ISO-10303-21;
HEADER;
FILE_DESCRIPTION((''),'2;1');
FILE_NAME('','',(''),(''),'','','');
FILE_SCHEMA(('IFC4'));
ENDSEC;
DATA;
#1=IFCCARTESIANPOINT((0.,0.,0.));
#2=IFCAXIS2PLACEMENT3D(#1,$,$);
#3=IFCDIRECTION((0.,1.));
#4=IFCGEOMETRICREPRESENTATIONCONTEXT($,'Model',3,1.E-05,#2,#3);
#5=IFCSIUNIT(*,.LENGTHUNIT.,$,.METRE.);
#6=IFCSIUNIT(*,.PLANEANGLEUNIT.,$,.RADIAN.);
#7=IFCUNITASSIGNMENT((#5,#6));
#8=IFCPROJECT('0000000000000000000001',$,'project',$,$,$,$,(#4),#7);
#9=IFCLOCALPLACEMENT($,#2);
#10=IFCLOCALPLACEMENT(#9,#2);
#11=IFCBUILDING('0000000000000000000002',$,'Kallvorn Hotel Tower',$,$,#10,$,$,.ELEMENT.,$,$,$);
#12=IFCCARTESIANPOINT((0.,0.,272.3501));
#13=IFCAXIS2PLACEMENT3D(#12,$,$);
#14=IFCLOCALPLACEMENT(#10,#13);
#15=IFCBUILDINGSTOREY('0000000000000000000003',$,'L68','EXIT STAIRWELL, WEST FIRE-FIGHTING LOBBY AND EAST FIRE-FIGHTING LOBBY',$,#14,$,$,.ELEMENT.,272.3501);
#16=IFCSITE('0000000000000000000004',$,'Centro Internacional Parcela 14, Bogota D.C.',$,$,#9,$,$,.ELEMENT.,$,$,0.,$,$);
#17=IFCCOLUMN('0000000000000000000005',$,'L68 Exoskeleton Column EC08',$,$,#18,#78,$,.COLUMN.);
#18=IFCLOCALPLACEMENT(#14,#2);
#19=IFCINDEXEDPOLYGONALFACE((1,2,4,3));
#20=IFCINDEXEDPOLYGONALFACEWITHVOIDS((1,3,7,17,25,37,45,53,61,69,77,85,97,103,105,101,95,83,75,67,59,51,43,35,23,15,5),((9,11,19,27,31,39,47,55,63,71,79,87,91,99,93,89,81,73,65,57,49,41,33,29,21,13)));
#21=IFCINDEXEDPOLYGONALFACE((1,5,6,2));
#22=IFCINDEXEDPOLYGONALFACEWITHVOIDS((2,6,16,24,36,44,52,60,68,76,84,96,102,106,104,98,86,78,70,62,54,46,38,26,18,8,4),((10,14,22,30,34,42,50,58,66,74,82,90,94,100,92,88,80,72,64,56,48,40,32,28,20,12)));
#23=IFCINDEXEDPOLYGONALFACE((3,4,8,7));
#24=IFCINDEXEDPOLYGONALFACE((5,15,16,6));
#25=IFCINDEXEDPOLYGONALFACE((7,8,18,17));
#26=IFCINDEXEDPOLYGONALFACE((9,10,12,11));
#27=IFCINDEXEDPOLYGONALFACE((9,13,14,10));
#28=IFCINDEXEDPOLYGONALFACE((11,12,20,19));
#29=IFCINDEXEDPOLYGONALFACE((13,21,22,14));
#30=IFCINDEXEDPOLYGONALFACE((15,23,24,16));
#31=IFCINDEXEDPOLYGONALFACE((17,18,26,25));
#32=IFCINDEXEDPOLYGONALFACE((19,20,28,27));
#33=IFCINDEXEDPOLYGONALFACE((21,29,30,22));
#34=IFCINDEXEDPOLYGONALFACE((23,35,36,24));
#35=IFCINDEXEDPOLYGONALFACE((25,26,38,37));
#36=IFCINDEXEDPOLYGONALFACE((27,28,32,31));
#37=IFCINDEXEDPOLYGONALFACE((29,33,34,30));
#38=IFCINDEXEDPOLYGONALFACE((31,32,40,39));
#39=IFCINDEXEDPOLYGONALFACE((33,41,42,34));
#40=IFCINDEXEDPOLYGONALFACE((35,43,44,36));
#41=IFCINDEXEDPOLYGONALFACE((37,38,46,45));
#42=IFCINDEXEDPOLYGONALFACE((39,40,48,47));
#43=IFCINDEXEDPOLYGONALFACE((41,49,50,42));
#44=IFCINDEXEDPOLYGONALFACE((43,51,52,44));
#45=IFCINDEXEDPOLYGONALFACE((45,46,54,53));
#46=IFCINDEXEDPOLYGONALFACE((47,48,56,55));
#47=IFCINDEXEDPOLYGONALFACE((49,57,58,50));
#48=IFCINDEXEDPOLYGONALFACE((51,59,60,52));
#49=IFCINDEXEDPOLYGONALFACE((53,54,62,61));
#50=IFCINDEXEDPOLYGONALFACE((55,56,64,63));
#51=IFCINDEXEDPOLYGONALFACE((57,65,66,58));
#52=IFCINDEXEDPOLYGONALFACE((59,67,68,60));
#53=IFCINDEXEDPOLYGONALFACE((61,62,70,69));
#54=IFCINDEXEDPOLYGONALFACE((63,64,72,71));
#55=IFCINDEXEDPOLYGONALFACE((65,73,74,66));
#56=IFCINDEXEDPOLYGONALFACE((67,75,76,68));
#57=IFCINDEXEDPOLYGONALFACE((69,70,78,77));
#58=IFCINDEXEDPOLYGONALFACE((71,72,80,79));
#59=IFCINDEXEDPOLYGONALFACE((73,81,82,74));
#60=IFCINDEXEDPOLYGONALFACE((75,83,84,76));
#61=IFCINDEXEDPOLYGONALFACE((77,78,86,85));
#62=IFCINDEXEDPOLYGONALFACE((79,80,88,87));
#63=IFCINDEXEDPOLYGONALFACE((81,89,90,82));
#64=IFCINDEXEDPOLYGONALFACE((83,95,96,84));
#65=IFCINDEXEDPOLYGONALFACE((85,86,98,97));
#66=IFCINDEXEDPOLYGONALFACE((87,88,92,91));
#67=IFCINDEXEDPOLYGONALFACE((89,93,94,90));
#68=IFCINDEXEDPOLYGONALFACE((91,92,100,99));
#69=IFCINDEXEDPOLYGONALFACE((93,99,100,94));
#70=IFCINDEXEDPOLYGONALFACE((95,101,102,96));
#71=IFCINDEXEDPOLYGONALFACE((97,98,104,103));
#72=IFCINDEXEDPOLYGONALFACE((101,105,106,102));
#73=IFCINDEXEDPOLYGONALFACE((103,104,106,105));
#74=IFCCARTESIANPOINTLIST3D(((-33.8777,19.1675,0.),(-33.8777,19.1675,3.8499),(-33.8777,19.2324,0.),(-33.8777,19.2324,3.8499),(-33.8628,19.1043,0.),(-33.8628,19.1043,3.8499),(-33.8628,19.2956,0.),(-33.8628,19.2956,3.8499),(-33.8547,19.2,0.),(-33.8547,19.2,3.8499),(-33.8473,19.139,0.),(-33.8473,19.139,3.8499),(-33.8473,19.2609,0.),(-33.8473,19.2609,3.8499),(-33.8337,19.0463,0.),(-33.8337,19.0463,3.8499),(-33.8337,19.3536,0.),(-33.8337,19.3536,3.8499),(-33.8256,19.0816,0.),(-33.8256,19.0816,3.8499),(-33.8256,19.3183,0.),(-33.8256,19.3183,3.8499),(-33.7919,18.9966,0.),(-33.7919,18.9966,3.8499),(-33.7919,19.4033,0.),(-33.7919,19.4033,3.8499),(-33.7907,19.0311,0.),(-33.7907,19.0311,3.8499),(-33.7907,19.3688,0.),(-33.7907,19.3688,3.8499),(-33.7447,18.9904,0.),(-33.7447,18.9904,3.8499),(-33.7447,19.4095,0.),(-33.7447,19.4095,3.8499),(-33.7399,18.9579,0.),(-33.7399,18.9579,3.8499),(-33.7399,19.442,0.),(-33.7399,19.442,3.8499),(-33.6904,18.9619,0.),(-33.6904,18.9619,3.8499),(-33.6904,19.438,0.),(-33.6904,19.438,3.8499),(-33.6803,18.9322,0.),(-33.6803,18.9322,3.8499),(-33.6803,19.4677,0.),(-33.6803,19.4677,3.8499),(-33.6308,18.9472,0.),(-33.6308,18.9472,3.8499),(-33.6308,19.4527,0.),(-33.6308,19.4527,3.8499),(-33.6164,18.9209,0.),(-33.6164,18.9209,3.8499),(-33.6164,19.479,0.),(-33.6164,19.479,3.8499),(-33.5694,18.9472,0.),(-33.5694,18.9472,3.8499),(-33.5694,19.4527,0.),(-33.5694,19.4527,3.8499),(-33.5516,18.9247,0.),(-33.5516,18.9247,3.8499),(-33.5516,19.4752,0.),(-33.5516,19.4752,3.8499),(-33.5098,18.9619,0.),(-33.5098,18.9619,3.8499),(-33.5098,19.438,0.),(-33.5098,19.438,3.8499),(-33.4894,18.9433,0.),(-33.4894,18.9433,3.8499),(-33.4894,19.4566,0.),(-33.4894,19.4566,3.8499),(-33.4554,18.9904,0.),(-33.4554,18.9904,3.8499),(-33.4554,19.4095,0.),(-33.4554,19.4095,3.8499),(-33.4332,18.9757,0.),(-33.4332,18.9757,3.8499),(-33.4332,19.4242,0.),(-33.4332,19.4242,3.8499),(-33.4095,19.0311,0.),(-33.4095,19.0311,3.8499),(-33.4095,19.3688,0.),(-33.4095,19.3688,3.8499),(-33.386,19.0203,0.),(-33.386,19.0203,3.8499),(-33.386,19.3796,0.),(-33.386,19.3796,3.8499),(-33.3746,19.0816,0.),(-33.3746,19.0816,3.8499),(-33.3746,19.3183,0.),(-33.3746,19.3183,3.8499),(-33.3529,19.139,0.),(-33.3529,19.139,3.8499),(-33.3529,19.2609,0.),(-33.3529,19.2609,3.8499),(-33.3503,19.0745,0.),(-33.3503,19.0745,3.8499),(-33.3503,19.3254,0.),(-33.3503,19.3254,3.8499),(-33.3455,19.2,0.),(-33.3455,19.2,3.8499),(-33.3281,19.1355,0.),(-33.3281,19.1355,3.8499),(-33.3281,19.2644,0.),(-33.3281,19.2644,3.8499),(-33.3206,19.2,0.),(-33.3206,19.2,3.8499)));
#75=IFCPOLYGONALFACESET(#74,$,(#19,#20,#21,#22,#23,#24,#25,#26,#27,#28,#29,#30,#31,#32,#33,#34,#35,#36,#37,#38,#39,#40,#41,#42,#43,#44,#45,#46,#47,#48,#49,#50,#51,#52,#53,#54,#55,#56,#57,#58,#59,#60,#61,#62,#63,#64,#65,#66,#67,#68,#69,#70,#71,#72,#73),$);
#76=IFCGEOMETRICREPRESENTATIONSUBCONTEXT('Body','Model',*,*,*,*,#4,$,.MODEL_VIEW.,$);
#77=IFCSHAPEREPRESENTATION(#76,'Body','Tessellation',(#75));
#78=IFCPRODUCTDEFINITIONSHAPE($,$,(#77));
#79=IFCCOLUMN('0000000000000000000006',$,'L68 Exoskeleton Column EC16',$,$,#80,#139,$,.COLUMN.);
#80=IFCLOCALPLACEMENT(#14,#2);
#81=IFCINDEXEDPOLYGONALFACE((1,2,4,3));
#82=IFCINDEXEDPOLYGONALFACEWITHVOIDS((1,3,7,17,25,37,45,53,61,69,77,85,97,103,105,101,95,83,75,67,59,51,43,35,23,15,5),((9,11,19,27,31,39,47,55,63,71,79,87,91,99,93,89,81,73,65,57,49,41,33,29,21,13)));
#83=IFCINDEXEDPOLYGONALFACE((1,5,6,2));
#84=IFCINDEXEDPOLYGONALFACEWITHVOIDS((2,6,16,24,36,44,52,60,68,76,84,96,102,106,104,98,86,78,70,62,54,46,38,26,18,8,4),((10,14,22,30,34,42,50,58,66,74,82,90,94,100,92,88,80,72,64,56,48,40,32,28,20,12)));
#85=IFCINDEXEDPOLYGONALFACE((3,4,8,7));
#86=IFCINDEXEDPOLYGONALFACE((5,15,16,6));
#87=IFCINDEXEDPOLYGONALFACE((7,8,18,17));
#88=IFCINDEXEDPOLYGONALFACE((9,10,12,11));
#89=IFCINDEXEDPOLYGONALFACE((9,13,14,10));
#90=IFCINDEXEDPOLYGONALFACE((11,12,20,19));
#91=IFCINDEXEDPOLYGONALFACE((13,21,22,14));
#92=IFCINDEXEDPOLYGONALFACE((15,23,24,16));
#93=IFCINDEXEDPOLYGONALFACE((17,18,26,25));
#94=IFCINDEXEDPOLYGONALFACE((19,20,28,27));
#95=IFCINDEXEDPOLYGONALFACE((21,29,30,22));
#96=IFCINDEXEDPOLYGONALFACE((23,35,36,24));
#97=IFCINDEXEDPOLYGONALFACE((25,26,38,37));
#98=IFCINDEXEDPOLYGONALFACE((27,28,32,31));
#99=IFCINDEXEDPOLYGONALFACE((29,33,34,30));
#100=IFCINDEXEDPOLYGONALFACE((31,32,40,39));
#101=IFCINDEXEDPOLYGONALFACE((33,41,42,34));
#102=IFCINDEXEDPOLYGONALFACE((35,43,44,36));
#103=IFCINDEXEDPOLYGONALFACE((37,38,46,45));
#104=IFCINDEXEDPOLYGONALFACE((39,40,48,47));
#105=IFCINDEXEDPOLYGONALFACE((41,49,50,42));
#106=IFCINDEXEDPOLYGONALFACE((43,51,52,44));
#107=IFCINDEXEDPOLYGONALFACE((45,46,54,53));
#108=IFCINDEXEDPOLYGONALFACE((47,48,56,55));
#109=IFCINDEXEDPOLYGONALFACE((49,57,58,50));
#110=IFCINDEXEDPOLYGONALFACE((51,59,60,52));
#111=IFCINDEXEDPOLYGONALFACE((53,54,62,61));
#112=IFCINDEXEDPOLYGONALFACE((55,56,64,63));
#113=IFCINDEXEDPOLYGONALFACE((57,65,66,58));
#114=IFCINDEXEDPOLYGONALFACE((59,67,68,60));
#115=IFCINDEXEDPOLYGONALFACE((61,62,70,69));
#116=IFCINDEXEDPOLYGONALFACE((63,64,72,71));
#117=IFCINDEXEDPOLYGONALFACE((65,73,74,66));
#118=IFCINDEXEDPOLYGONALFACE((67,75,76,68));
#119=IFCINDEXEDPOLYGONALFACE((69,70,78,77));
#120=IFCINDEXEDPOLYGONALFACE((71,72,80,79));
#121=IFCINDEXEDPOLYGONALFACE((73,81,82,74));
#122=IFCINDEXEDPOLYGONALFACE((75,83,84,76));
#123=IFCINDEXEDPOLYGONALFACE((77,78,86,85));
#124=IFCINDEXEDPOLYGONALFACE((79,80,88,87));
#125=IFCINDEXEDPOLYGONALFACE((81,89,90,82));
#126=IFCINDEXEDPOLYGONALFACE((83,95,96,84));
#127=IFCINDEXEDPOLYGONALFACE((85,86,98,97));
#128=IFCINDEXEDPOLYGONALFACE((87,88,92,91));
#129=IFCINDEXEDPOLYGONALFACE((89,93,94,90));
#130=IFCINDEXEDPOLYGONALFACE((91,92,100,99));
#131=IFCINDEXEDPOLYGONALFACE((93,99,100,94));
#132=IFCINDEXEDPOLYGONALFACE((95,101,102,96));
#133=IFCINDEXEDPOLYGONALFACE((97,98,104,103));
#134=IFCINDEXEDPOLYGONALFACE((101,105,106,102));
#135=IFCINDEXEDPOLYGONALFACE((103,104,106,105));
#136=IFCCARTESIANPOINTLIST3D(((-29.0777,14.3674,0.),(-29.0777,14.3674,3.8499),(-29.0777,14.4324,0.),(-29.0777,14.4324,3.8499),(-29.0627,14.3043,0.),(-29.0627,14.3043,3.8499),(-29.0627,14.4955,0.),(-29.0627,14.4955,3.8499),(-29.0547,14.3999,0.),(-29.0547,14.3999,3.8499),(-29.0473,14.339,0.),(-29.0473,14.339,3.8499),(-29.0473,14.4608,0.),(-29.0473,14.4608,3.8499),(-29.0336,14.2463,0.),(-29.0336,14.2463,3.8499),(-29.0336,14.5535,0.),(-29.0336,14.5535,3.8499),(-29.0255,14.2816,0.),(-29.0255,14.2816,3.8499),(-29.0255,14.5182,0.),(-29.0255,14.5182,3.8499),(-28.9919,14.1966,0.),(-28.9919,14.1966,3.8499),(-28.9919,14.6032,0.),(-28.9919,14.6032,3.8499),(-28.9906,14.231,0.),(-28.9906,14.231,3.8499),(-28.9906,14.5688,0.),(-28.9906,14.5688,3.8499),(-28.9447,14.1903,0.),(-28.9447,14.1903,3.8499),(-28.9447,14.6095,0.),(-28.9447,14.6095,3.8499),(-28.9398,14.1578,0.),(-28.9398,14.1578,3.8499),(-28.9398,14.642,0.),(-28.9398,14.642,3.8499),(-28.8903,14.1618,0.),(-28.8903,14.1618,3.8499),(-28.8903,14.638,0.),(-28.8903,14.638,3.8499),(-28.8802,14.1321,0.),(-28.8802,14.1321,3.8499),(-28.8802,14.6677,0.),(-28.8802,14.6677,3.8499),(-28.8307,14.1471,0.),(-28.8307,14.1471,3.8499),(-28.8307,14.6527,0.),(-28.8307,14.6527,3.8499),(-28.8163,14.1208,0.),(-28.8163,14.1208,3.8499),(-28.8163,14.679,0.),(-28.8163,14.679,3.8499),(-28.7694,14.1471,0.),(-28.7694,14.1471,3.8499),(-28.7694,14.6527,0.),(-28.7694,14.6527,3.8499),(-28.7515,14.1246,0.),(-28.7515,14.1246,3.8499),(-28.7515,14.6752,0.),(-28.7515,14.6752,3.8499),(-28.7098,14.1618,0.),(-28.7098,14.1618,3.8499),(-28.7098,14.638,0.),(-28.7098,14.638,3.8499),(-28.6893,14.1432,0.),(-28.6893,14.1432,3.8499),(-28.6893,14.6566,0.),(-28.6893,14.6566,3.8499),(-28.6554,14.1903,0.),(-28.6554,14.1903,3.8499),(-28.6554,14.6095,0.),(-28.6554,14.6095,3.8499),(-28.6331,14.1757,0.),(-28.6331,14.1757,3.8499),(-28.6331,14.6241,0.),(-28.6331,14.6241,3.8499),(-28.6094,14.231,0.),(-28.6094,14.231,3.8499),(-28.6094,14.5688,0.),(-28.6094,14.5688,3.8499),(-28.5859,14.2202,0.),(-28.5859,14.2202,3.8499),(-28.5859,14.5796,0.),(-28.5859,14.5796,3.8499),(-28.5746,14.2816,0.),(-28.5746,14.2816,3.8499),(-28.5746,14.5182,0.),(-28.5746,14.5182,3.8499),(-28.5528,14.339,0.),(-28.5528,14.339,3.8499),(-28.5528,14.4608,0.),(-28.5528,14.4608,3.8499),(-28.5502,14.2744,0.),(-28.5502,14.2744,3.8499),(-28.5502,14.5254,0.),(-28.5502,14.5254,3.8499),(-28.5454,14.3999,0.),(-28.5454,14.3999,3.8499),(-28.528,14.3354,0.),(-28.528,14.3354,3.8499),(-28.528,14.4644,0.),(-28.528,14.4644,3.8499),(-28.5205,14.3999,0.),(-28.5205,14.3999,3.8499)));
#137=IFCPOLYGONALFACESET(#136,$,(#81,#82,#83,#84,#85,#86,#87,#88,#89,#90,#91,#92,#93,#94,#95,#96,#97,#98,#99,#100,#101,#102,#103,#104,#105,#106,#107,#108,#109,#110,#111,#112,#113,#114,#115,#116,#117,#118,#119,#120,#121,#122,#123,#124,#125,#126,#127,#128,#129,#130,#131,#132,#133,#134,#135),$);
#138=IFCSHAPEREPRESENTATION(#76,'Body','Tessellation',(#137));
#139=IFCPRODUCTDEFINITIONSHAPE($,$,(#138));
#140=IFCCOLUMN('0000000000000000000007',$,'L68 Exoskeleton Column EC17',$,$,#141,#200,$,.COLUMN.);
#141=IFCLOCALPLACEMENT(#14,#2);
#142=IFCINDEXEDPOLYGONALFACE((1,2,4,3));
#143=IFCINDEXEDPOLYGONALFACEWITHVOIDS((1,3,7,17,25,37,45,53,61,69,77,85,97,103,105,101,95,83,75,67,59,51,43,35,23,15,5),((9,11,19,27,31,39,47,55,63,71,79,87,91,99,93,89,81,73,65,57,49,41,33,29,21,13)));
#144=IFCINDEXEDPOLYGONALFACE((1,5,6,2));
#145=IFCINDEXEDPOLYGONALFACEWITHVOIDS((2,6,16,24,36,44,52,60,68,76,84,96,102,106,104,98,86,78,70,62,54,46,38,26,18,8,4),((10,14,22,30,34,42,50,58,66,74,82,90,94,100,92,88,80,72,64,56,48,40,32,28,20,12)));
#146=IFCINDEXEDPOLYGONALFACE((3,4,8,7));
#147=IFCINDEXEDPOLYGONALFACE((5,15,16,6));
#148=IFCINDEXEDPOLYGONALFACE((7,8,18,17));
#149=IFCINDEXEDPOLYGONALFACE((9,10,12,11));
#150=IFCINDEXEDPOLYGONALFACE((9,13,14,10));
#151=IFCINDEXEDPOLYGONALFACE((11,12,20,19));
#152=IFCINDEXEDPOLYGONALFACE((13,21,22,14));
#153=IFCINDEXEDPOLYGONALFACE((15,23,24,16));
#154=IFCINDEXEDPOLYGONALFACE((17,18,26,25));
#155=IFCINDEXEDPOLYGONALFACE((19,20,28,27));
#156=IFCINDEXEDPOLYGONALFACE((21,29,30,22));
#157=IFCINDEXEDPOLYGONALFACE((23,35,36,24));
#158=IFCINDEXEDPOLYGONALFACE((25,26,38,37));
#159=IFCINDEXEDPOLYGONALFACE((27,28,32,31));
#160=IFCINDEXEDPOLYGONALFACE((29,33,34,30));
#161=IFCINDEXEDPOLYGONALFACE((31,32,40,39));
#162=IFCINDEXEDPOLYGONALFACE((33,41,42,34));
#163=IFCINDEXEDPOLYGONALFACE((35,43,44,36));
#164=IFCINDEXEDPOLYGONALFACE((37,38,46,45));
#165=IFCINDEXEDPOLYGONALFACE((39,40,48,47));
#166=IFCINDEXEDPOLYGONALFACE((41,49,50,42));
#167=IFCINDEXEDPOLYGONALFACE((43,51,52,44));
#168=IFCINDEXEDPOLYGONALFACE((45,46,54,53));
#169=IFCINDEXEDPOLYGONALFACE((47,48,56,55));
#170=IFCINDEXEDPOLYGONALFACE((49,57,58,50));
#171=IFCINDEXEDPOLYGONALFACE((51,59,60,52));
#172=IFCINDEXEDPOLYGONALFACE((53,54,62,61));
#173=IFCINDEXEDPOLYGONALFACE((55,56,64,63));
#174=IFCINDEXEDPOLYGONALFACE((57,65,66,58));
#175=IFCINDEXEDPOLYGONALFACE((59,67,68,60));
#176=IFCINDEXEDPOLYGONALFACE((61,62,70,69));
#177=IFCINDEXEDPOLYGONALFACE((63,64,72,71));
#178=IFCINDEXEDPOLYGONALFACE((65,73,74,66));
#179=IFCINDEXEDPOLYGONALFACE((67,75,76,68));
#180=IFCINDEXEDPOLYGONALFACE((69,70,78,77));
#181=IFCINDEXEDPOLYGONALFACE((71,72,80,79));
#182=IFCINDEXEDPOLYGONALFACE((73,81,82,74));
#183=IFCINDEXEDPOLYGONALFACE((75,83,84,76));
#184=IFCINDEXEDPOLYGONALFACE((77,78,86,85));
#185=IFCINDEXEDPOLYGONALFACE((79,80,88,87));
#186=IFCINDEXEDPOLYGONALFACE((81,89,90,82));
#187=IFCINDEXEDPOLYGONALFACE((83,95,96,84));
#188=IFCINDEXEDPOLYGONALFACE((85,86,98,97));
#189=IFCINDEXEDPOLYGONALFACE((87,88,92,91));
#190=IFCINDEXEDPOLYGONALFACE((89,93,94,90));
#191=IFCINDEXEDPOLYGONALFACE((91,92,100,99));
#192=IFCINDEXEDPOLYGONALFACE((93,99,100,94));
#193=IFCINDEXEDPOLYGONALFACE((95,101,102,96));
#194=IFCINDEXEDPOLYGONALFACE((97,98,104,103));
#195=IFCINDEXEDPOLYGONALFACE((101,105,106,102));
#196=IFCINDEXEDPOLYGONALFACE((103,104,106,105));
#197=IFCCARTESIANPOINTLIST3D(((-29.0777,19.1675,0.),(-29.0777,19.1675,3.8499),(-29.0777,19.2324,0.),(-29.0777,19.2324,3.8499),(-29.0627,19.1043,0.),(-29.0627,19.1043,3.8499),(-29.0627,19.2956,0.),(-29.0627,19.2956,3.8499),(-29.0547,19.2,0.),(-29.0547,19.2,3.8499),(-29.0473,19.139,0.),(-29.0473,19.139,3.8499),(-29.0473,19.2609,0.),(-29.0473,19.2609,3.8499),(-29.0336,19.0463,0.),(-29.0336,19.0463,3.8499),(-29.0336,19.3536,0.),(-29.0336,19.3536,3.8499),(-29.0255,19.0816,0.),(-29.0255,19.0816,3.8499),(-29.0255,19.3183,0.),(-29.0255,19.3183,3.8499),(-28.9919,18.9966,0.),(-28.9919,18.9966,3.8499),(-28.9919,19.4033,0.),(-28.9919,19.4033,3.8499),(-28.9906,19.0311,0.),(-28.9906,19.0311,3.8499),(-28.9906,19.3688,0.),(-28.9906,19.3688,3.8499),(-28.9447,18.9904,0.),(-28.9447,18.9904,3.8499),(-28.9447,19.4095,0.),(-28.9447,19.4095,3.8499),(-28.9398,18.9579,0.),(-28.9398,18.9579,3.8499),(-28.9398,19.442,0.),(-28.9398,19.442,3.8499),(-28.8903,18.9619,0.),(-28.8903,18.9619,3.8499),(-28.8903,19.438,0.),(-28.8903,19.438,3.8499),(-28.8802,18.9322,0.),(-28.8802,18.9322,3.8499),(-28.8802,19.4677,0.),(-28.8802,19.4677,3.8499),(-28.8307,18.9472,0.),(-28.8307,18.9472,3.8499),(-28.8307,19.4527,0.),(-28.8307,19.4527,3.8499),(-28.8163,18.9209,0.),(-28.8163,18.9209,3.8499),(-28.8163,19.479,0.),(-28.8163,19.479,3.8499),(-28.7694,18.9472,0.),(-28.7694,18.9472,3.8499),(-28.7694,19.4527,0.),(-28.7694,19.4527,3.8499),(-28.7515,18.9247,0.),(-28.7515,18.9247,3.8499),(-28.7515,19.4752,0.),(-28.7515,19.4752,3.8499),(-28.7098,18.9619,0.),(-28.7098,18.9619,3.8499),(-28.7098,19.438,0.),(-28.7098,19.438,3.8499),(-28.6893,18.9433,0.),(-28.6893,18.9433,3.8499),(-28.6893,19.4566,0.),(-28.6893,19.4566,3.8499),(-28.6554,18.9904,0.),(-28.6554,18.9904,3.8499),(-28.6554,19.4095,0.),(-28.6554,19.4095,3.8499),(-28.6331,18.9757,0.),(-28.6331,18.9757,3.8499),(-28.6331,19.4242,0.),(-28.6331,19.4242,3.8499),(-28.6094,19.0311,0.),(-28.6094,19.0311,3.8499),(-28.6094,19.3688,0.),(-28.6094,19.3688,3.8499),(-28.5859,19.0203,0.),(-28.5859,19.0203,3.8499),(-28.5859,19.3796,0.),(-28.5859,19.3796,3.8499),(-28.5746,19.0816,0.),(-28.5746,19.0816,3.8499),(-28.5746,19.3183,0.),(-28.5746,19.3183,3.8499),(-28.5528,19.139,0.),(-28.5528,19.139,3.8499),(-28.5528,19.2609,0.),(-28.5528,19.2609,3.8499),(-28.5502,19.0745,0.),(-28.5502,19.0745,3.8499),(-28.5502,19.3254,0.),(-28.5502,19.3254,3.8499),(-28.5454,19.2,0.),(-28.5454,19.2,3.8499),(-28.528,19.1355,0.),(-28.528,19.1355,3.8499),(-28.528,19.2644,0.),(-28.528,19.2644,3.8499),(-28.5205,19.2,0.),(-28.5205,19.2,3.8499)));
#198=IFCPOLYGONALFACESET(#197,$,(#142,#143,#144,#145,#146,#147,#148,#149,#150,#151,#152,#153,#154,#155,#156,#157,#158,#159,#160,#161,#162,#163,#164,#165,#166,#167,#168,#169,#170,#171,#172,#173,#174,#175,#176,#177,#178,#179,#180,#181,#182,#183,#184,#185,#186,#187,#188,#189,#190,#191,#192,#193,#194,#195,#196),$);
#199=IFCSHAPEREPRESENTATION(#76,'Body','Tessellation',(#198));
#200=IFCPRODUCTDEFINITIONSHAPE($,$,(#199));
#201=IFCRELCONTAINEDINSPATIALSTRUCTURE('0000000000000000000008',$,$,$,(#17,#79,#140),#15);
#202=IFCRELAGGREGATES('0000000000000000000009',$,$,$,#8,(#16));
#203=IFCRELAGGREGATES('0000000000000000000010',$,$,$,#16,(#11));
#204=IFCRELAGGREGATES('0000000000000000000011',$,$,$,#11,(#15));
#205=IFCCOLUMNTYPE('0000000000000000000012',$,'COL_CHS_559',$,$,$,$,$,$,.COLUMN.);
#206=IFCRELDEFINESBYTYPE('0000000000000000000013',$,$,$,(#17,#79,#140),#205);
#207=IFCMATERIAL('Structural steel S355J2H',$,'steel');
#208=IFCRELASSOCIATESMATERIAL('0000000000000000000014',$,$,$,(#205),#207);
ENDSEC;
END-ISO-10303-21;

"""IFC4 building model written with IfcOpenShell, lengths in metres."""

from ifc_helpers import new_model, si_unit, direction, frame, origin, origin_2d, place, context, subcontext, project, spatial, hollow_circle, extrude, material, material_profile, profile_set, type_object, element, save


model = new_model("IFC4")

# Units and contexts
model_context = context("Model", 3, precision=1e-05, world=origin(), true_north=direction((0.0, 1.0)))
body_context = subcontext(model_context, "Body", "Model", "MODEL_VIEW")
ifc_project = project(units=[si_unit("LENGTHUNIT", "METRE"), si_unit("PLANEANGLEUNIT", "RADIAN")], contexts=[model_context])

# Site, building, storey
site_placement = place(None, origin())
site = spatial("IfcSite", under=ifc_project, at=site_placement, Name="Centro Internacional Parcela 14, Bogota D.C.", CompositionType="ELEMENT", RefElevation=0.0)
building_placement = place(site_placement, origin())
building = spatial("IfcBuilding", under=site, at=building_placement, Name="Kallvorn Hotel Tower", CompositionType="ELEMENT")
storey_placement = place(building_placement, frame((0.0, 0.0, 272.3501)))
storey = spatial("IfcBuildingStorey", under=building, at=storey_placement, Name="L68", Description="EXIT STAIRWELL, WEST FIRE-FIGHTING LOBBY AND EAST FIRE-FIGHTING LOBBY", CompositionType="ELEMENT", Elevation=272.3501)

# Columns
ifc_material_1 = material(Name="Structural steel S355J2H", Category="steel")
ifc_material_profile_1 = material_profile(ifc_material_1, hollow_circle(Radius=0.2795, WallThickness=0.0249, at=origin_2d()), Name="CHS 559x25")
ifc_profile_set_1 = profile_set([ifc_material_profile_1], Name="Structural steel S355J2H")
column_type_1 = type_object("IfcColumnType", Name="COL_CHS_559", PredefinedType="COLUMN", material=ifc_profile_set_1)
for number, where, z_axis, x_axis, name in (
    (1, (-33.6001, 19.2, 0.0), (0.0, 0.0, 1.0), (1.0, 0.0, 0.0), "L68 Exoskeleton Column EC08"),
    (2, (-28.8, 14.3999, 0.0), (0.0, 0.0, 1.0), (1.0, 0.0, 0.0), "L68 Exoskeleton Column EC16"),
    (3, (-28.8, 19.2, 0.0), (0.0, 0.0, 1.0), (1.0, 0.0, 0.0), "L68 Exoskeleton Column EC17"),
):
    element("IfcColumn", number, at=place(storey_placement, frame(where, z_axis=z_axis, x_axis=x_axis)), inside=storey, type_object=column_type_1, Name=name, PredefinedType="COLUMN", context=body_context, shape_type="SweptSolid", body=[
        extrude(hollow_circle(Radius=0.2795, WallThickness=0.0249, at=origin_2d()), origin(), (0.0, 0.0, 1.0), 3.8499),
    ])

save(model, "model.ifc")
